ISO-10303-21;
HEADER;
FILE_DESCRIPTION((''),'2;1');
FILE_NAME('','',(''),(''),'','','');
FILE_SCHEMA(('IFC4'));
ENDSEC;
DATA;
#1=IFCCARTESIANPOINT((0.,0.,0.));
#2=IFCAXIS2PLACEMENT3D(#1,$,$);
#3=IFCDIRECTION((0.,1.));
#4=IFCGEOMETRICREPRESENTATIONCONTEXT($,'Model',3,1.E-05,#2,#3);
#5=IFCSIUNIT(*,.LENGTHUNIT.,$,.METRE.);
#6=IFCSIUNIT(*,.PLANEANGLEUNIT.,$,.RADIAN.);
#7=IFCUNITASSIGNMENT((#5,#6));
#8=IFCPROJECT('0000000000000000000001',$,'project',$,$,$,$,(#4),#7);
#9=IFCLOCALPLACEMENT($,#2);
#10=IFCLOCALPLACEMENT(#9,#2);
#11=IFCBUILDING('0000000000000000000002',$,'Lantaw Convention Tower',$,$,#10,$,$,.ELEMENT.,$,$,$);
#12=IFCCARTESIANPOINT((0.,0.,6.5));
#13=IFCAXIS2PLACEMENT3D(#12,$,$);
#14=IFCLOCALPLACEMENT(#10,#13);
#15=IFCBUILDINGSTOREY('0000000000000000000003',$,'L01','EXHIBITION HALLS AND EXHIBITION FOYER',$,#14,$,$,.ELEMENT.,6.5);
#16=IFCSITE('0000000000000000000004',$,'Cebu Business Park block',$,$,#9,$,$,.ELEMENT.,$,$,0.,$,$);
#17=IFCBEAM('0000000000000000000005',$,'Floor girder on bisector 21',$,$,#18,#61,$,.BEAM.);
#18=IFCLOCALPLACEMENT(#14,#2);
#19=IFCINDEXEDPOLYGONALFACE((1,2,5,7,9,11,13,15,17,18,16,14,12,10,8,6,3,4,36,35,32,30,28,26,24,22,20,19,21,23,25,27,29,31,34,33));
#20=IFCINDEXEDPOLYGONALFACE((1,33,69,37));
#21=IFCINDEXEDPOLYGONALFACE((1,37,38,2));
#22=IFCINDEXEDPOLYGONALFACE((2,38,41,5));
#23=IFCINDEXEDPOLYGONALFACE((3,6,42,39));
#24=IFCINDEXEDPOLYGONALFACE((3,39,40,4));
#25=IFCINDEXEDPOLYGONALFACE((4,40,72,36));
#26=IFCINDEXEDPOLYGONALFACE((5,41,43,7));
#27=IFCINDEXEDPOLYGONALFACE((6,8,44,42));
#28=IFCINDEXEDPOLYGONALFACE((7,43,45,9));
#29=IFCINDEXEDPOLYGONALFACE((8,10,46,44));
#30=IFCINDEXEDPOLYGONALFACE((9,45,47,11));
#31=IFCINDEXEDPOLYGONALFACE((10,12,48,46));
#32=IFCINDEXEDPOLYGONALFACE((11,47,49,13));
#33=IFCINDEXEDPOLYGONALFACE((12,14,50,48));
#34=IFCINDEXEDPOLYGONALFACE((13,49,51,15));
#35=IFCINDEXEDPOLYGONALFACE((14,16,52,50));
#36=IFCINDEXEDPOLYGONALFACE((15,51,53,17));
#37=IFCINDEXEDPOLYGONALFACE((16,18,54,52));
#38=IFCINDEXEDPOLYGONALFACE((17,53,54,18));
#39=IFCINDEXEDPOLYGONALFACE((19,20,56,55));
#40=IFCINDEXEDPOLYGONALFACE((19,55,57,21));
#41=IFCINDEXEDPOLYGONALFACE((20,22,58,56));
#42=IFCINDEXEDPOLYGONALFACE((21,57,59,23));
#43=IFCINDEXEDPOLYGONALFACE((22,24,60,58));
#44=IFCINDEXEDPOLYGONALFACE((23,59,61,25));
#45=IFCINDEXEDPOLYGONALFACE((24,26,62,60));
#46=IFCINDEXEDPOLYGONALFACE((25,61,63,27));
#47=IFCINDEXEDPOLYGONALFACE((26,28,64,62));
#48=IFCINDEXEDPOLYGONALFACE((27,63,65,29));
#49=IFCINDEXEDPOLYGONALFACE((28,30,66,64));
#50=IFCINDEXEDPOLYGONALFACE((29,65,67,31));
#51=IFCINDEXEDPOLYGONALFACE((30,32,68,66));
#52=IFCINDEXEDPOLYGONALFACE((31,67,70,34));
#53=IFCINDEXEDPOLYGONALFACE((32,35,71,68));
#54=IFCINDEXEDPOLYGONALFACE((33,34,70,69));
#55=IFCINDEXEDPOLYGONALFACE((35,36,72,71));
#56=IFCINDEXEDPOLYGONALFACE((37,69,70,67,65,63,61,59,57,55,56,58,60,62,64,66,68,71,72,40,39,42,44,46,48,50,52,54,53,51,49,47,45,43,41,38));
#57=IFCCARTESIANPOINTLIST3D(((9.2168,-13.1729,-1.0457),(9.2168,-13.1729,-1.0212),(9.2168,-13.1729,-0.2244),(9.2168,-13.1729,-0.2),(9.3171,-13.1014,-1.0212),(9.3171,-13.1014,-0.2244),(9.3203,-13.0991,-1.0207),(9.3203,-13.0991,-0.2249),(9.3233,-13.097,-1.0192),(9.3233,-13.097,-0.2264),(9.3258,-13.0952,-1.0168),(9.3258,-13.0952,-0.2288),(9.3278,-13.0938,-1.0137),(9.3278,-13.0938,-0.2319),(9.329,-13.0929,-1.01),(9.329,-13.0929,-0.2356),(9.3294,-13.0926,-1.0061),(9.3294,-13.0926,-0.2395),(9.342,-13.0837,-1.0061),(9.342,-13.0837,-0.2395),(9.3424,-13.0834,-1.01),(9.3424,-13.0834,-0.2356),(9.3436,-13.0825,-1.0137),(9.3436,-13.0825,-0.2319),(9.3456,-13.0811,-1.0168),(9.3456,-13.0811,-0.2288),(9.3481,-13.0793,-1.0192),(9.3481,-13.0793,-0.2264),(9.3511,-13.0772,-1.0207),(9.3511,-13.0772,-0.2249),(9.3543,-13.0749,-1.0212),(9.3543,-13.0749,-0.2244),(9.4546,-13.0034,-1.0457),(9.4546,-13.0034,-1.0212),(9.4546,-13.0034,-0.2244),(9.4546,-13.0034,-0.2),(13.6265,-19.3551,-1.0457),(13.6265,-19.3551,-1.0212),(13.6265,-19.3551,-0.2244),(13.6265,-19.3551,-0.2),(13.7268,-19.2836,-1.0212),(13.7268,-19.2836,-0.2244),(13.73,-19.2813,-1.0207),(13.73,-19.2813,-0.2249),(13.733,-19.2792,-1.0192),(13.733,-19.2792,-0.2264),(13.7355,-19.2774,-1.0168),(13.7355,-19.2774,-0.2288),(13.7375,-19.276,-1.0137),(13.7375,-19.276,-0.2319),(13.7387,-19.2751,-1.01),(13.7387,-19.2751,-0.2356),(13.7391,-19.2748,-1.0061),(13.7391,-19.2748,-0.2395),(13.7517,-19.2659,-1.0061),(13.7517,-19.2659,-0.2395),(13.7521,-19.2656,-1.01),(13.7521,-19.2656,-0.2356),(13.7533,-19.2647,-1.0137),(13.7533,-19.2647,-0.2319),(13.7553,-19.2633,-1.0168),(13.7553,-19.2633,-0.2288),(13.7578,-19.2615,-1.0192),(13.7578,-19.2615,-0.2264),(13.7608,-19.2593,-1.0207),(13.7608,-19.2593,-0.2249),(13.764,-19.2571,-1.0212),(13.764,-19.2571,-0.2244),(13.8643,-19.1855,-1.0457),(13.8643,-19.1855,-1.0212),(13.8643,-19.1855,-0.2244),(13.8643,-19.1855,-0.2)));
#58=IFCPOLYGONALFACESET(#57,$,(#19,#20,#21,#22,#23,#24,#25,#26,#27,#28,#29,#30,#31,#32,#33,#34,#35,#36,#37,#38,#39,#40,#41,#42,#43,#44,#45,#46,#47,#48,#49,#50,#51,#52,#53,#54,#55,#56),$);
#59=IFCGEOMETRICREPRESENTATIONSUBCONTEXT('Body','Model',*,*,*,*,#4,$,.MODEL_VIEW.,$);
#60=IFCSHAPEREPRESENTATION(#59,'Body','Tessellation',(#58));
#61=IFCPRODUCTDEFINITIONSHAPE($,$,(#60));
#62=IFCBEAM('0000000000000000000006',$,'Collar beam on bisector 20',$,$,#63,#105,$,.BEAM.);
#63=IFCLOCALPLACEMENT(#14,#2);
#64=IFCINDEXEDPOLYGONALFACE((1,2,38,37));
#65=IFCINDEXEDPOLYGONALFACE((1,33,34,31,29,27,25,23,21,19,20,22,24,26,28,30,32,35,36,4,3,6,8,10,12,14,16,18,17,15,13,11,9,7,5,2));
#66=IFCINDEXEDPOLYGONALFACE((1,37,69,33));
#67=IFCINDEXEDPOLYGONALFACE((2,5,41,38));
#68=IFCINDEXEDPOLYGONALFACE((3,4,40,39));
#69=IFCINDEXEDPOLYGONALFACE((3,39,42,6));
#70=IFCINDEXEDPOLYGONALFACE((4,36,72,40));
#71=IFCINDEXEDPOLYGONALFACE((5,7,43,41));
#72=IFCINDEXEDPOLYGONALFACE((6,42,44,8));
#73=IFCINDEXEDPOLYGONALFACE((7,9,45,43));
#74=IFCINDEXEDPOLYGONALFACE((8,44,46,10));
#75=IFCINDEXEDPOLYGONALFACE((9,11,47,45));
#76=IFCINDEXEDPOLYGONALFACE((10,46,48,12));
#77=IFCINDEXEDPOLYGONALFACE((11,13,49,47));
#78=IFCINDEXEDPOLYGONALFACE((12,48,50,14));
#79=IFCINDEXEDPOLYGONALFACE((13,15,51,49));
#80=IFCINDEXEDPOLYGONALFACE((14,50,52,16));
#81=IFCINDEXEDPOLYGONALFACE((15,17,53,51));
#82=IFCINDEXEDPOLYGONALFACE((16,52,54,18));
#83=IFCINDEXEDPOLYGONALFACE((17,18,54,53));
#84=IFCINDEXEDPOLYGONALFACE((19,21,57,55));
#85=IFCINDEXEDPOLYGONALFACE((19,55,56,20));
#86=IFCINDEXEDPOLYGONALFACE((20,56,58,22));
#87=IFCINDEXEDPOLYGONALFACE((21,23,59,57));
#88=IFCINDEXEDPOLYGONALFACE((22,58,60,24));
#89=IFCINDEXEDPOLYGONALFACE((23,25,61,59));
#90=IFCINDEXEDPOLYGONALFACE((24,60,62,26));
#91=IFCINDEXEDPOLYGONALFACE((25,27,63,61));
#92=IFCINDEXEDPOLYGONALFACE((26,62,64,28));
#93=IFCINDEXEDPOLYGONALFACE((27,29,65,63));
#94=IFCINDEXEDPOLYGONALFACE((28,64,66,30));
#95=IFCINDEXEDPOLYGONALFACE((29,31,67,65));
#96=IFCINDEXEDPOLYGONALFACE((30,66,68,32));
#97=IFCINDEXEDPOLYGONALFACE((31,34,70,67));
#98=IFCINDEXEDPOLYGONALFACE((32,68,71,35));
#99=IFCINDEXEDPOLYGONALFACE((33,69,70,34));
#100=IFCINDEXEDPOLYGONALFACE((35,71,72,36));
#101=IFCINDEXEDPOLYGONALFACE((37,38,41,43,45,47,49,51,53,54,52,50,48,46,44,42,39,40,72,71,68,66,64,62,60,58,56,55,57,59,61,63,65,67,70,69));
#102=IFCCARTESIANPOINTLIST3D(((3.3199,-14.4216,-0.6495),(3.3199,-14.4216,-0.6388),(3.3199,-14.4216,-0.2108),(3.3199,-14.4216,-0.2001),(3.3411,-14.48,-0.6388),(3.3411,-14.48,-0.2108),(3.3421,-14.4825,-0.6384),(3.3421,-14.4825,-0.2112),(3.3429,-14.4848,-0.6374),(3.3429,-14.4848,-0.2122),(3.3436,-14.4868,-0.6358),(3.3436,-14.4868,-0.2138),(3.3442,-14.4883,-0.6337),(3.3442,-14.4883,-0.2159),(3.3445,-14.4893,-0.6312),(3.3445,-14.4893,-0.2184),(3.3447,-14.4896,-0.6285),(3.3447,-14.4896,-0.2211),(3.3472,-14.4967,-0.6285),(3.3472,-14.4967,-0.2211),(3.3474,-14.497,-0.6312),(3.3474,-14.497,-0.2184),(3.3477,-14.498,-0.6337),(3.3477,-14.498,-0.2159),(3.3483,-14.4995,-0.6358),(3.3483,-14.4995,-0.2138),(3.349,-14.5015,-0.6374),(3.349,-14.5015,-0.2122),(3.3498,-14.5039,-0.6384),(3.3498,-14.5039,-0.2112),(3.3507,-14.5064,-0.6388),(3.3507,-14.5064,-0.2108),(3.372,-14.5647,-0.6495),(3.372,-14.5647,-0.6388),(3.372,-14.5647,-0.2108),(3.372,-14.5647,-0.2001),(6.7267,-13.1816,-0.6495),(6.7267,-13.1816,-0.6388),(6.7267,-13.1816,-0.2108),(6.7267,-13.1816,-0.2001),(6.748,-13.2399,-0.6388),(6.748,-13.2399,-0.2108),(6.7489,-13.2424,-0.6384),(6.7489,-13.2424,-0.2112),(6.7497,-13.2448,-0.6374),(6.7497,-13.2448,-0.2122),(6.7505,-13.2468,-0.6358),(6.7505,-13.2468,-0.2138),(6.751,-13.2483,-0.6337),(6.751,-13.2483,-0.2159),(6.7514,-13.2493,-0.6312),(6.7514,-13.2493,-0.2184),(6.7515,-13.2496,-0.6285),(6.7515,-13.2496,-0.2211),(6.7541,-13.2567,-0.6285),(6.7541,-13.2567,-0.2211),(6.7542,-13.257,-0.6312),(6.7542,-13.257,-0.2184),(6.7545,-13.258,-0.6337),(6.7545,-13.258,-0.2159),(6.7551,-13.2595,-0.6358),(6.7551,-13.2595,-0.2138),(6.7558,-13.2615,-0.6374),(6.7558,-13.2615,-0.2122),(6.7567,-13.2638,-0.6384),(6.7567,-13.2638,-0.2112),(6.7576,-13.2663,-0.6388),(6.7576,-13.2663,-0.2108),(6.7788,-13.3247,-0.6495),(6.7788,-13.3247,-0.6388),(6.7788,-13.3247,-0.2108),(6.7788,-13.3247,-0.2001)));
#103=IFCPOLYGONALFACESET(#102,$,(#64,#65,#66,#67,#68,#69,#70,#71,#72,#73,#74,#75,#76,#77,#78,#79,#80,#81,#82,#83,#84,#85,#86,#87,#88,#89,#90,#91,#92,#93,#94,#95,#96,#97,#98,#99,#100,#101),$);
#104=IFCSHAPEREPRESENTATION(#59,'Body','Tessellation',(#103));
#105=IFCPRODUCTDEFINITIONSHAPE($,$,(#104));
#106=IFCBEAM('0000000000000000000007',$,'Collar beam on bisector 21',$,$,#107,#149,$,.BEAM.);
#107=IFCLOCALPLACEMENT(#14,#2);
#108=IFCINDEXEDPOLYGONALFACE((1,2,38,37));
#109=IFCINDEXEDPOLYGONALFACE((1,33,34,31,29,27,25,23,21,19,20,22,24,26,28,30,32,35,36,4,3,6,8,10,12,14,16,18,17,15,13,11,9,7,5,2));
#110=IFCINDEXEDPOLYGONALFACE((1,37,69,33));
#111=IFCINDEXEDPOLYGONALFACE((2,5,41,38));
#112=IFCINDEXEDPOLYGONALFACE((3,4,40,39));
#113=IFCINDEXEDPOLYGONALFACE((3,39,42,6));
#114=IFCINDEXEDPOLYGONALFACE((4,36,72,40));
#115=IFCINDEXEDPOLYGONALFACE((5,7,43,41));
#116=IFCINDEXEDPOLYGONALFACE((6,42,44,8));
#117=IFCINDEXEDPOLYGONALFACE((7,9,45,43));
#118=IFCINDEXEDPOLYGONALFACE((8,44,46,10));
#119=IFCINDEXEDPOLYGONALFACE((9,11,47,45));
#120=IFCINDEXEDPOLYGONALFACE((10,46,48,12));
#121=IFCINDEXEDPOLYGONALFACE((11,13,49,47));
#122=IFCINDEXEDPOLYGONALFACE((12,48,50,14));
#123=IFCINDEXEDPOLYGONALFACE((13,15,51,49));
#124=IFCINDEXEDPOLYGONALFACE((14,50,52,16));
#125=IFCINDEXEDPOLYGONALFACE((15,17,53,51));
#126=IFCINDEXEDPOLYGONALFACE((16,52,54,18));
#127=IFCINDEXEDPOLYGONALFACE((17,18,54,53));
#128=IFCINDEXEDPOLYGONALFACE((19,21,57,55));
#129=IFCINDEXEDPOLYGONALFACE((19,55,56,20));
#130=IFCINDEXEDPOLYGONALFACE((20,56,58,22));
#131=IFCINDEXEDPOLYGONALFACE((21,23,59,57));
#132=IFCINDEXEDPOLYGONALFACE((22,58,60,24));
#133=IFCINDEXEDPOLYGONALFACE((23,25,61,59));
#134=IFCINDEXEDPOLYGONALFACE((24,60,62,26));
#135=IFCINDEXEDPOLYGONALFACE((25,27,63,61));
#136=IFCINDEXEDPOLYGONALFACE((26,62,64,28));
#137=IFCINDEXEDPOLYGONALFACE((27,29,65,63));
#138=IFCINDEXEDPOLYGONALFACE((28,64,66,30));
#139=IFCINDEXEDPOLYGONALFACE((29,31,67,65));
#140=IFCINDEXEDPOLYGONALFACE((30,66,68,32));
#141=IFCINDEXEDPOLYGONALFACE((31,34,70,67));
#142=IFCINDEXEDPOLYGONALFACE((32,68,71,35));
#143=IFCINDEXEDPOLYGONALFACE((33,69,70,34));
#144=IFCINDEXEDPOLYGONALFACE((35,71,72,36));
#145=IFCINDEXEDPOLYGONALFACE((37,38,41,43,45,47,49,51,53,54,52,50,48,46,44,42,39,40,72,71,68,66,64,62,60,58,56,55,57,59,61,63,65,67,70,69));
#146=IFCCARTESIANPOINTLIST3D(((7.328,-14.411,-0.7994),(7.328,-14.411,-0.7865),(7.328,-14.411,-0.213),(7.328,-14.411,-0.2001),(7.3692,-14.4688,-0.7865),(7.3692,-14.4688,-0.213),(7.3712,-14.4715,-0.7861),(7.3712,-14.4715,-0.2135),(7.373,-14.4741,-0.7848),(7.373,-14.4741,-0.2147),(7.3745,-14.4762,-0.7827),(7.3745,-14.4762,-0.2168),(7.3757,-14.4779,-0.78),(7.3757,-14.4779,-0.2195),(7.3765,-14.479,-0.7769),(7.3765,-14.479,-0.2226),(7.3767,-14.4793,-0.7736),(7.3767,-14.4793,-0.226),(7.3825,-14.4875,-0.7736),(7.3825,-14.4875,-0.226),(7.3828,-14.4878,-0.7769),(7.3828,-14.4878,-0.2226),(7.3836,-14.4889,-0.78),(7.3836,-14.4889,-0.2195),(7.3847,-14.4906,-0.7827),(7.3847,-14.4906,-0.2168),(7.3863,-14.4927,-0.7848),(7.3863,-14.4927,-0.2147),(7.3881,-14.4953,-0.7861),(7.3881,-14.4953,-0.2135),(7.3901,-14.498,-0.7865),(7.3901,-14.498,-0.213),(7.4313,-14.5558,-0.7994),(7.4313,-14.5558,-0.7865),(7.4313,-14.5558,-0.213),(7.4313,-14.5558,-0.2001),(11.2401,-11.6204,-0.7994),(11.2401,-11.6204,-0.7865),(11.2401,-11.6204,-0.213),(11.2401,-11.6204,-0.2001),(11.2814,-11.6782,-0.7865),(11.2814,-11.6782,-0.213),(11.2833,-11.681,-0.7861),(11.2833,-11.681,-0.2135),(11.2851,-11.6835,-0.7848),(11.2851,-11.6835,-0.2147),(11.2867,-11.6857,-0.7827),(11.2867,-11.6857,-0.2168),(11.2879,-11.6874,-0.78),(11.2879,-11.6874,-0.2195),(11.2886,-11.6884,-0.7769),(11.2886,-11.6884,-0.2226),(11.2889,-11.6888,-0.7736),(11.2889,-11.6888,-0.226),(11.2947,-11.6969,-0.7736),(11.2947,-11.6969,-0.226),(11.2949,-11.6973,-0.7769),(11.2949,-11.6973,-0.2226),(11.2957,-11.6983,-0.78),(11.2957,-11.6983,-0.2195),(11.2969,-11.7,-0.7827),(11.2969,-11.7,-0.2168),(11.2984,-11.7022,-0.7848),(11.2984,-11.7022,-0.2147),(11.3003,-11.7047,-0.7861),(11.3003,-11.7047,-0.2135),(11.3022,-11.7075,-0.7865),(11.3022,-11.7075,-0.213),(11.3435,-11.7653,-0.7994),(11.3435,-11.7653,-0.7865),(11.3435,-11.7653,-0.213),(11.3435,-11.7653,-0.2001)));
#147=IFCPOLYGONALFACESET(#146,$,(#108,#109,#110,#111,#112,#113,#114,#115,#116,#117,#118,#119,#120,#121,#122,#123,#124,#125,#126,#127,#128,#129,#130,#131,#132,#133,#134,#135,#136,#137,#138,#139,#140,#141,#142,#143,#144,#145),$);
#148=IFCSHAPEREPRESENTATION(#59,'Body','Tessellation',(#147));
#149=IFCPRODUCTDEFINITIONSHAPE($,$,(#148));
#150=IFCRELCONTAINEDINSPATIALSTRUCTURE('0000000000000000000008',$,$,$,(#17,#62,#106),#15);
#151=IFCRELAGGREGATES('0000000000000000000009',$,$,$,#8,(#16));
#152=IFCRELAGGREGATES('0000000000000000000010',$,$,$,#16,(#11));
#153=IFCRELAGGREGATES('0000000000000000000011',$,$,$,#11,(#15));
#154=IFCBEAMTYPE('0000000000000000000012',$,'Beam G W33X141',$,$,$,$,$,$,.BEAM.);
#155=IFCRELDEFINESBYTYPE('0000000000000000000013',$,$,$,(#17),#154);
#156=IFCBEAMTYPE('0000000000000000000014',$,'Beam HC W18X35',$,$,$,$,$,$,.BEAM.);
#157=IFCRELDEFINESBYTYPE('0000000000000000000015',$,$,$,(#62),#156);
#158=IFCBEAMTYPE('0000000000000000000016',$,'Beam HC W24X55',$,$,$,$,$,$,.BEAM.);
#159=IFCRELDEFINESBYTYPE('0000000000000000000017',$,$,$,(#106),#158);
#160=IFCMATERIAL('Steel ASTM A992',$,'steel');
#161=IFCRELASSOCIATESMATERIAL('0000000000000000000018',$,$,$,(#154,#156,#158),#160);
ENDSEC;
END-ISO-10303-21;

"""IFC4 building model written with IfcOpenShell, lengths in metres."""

from ifc_helpers import new_model, si_unit, direction, frame, origin, origin_2d, place, context, subcontext, project, spatial, i_section, extrude, material, material_profile, profile_set, type_object, element, save


model = new_model("IFC4")

# Units and contexts
model_context = context("Model", 3, precision=1e-05, world=origin(), true_north=direction((0.0, 1.0)))
body_context = subcontext(model_context, "Body", "Model", "MODEL_VIEW")
ifc_project = project(units=[si_unit("LENGTHUNIT", "METRE"), si_unit("PLANEANGLEUNIT", "RADIAN")], contexts=[model_context])

# Site, building, storey
site_placement = place(None, origin())
site = spatial("IfcSite", under=ifc_project, at=site_placement, Name="Cebu Business Park block", CompositionType="ELEMENT", RefElevation=0.0)
building_placement = place(site_placement, origin())
building = spatial("IfcBuilding", under=site, at=building_placement, Name="Lantaw Convention Tower", CompositionType="ELEMENT")
storey_placement = place(building_placement, frame((0.0, 0.0, 6.5)))
storey = spatial("IfcBuildingStorey", under=building, at=storey_placement, Name="L01", Description="EXHIBITION HALLS AND EXHIBITION FOYER", CompositionType="ELEMENT", Elevation=6.5)

# Beams
ifc_material_1 = material(Name="Steel ASTM A992", Category="steel")
ifc_material_profile_1 = material_profile(ifc_material_1, i_section(OverallWidth=0.292, OverallDepth=0.8457, WebThickness=0.0154, FlangeThickness=0.0244, FilletRadius=0.0151, at=origin_2d()), Name="W33X141")
ifc_profile_set_1 = profile_set([ifc_material_profile_1], Name="Steel ASTM A992")
beam_type_1 = type_object("IfcBeamType", Name="Beam G W33X141", PredefinedType="BEAM", material=ifc_profile_set_1)
beam_1_placement = place(storey_placement, frame((9.3357, -13.0881, -0.6228), z_axis=(0.580703, -0.814116, 0.0), x_axis=(0.814116, 0.580703, 0.0)))
element("IfcBeam", 1, at=beam_1_placement, inside=storey, type_object=beam_type_1, Name="Floor girder on bisector 21", PredefinedType="BEAM", context=body_context, shape_type="SweptSolid", body=[
    extrude(i_section(OverallWidth=0.292, OverallDepth=0.8457, WebThickness=0.0154, FlangeThickness=0.0244, FilletRadius=0.0151, at=origin_2d()), origin(), (0.0, 0.0, 1.0), 7.5938),
])
ifc_material_profile_2 = material_profile(ifc_material_1, i_section(OverallWidth=0.1523, OverallDepth=0.4495, WebThickness=0.0076, FlangeThickness=0.0107, FilletRadius=0.0103, at=origin_2d()), Name="W18X35")
ifc_profile_set_2 = profile_set([ifc_material_profile_2], Name="Steel ASTM A992")
beam_type_2 = type_object("IfcBeamType", Name="Beam HC W18X35", PredefinedType="BEAM", material=ifc_profile_set_2)
beam_2_placement = place(storey_placement, frame((3.3459, -14.4932, -0.4248), z_axis=(0.939689, 0.34203, 0.0), x_axis=(-0.34203, 0.939689, 0.0)))
element("IfcBeam", 2, at=beam_2_placement, inside=storey, type_object=beam_type_2, Name="Collar beam on bisector 20", PredefinedType="BEAM", context=body_context, shape_type="SweptSolid", body=[
    extrude(i_section(OverallWidth=0.1523, OverallDepth=0.4495, WebThickness=0.0076, FlangeThickness=0.0107, FilletRadius=0.0103, at=origin_2d()), origin(), (0.0, 0.0, 1.0), 3.6255),
])
ifc_material_profile_3 = material_profile(ifc_material_1, i_section(OverallWidth=0.178, OverallDepth=0.5994, WebThickness=0.01, FlangeThickness=0.0129, FilletRadius=0.0129, at=origin_2d()), Name="W24X55")
ifc_profile_set_3 = profile_set([ifc_material_profile_3], Name="Steel ASTM A992")
beam_type_3 = type_object("IfcBeamType", Name="Beam HC W24X55", PredefinedType="BEAM", material=ifc_profile_set_3)
beam_3_placement = place(storey_placement, frame((7.3796, -14.4834, -0.4998), z_axis=(0.814111, 0.580709, 0.0), x_axis=(-0.580709, 0.814111, 0.0)))
element("IfcBeam", 3, at=beam_3_placement, inside=storey, type_object=beam_type_3, Name="Collar beam on bisector 21", PredefinedType="BEAM", context=body_context, shape_type="SweptSolid", body=[
    extrude(i_section(OverallWidth=0.178, OverallDepth=0.5994, WebThickness=0.01, FlangeThickness=0.0129, FilletRadius=0.0129, at=origin_2d()), origin(), (0.0, 0.0, 1.0), 4.8054),
])

save(model, "model.ifc")
